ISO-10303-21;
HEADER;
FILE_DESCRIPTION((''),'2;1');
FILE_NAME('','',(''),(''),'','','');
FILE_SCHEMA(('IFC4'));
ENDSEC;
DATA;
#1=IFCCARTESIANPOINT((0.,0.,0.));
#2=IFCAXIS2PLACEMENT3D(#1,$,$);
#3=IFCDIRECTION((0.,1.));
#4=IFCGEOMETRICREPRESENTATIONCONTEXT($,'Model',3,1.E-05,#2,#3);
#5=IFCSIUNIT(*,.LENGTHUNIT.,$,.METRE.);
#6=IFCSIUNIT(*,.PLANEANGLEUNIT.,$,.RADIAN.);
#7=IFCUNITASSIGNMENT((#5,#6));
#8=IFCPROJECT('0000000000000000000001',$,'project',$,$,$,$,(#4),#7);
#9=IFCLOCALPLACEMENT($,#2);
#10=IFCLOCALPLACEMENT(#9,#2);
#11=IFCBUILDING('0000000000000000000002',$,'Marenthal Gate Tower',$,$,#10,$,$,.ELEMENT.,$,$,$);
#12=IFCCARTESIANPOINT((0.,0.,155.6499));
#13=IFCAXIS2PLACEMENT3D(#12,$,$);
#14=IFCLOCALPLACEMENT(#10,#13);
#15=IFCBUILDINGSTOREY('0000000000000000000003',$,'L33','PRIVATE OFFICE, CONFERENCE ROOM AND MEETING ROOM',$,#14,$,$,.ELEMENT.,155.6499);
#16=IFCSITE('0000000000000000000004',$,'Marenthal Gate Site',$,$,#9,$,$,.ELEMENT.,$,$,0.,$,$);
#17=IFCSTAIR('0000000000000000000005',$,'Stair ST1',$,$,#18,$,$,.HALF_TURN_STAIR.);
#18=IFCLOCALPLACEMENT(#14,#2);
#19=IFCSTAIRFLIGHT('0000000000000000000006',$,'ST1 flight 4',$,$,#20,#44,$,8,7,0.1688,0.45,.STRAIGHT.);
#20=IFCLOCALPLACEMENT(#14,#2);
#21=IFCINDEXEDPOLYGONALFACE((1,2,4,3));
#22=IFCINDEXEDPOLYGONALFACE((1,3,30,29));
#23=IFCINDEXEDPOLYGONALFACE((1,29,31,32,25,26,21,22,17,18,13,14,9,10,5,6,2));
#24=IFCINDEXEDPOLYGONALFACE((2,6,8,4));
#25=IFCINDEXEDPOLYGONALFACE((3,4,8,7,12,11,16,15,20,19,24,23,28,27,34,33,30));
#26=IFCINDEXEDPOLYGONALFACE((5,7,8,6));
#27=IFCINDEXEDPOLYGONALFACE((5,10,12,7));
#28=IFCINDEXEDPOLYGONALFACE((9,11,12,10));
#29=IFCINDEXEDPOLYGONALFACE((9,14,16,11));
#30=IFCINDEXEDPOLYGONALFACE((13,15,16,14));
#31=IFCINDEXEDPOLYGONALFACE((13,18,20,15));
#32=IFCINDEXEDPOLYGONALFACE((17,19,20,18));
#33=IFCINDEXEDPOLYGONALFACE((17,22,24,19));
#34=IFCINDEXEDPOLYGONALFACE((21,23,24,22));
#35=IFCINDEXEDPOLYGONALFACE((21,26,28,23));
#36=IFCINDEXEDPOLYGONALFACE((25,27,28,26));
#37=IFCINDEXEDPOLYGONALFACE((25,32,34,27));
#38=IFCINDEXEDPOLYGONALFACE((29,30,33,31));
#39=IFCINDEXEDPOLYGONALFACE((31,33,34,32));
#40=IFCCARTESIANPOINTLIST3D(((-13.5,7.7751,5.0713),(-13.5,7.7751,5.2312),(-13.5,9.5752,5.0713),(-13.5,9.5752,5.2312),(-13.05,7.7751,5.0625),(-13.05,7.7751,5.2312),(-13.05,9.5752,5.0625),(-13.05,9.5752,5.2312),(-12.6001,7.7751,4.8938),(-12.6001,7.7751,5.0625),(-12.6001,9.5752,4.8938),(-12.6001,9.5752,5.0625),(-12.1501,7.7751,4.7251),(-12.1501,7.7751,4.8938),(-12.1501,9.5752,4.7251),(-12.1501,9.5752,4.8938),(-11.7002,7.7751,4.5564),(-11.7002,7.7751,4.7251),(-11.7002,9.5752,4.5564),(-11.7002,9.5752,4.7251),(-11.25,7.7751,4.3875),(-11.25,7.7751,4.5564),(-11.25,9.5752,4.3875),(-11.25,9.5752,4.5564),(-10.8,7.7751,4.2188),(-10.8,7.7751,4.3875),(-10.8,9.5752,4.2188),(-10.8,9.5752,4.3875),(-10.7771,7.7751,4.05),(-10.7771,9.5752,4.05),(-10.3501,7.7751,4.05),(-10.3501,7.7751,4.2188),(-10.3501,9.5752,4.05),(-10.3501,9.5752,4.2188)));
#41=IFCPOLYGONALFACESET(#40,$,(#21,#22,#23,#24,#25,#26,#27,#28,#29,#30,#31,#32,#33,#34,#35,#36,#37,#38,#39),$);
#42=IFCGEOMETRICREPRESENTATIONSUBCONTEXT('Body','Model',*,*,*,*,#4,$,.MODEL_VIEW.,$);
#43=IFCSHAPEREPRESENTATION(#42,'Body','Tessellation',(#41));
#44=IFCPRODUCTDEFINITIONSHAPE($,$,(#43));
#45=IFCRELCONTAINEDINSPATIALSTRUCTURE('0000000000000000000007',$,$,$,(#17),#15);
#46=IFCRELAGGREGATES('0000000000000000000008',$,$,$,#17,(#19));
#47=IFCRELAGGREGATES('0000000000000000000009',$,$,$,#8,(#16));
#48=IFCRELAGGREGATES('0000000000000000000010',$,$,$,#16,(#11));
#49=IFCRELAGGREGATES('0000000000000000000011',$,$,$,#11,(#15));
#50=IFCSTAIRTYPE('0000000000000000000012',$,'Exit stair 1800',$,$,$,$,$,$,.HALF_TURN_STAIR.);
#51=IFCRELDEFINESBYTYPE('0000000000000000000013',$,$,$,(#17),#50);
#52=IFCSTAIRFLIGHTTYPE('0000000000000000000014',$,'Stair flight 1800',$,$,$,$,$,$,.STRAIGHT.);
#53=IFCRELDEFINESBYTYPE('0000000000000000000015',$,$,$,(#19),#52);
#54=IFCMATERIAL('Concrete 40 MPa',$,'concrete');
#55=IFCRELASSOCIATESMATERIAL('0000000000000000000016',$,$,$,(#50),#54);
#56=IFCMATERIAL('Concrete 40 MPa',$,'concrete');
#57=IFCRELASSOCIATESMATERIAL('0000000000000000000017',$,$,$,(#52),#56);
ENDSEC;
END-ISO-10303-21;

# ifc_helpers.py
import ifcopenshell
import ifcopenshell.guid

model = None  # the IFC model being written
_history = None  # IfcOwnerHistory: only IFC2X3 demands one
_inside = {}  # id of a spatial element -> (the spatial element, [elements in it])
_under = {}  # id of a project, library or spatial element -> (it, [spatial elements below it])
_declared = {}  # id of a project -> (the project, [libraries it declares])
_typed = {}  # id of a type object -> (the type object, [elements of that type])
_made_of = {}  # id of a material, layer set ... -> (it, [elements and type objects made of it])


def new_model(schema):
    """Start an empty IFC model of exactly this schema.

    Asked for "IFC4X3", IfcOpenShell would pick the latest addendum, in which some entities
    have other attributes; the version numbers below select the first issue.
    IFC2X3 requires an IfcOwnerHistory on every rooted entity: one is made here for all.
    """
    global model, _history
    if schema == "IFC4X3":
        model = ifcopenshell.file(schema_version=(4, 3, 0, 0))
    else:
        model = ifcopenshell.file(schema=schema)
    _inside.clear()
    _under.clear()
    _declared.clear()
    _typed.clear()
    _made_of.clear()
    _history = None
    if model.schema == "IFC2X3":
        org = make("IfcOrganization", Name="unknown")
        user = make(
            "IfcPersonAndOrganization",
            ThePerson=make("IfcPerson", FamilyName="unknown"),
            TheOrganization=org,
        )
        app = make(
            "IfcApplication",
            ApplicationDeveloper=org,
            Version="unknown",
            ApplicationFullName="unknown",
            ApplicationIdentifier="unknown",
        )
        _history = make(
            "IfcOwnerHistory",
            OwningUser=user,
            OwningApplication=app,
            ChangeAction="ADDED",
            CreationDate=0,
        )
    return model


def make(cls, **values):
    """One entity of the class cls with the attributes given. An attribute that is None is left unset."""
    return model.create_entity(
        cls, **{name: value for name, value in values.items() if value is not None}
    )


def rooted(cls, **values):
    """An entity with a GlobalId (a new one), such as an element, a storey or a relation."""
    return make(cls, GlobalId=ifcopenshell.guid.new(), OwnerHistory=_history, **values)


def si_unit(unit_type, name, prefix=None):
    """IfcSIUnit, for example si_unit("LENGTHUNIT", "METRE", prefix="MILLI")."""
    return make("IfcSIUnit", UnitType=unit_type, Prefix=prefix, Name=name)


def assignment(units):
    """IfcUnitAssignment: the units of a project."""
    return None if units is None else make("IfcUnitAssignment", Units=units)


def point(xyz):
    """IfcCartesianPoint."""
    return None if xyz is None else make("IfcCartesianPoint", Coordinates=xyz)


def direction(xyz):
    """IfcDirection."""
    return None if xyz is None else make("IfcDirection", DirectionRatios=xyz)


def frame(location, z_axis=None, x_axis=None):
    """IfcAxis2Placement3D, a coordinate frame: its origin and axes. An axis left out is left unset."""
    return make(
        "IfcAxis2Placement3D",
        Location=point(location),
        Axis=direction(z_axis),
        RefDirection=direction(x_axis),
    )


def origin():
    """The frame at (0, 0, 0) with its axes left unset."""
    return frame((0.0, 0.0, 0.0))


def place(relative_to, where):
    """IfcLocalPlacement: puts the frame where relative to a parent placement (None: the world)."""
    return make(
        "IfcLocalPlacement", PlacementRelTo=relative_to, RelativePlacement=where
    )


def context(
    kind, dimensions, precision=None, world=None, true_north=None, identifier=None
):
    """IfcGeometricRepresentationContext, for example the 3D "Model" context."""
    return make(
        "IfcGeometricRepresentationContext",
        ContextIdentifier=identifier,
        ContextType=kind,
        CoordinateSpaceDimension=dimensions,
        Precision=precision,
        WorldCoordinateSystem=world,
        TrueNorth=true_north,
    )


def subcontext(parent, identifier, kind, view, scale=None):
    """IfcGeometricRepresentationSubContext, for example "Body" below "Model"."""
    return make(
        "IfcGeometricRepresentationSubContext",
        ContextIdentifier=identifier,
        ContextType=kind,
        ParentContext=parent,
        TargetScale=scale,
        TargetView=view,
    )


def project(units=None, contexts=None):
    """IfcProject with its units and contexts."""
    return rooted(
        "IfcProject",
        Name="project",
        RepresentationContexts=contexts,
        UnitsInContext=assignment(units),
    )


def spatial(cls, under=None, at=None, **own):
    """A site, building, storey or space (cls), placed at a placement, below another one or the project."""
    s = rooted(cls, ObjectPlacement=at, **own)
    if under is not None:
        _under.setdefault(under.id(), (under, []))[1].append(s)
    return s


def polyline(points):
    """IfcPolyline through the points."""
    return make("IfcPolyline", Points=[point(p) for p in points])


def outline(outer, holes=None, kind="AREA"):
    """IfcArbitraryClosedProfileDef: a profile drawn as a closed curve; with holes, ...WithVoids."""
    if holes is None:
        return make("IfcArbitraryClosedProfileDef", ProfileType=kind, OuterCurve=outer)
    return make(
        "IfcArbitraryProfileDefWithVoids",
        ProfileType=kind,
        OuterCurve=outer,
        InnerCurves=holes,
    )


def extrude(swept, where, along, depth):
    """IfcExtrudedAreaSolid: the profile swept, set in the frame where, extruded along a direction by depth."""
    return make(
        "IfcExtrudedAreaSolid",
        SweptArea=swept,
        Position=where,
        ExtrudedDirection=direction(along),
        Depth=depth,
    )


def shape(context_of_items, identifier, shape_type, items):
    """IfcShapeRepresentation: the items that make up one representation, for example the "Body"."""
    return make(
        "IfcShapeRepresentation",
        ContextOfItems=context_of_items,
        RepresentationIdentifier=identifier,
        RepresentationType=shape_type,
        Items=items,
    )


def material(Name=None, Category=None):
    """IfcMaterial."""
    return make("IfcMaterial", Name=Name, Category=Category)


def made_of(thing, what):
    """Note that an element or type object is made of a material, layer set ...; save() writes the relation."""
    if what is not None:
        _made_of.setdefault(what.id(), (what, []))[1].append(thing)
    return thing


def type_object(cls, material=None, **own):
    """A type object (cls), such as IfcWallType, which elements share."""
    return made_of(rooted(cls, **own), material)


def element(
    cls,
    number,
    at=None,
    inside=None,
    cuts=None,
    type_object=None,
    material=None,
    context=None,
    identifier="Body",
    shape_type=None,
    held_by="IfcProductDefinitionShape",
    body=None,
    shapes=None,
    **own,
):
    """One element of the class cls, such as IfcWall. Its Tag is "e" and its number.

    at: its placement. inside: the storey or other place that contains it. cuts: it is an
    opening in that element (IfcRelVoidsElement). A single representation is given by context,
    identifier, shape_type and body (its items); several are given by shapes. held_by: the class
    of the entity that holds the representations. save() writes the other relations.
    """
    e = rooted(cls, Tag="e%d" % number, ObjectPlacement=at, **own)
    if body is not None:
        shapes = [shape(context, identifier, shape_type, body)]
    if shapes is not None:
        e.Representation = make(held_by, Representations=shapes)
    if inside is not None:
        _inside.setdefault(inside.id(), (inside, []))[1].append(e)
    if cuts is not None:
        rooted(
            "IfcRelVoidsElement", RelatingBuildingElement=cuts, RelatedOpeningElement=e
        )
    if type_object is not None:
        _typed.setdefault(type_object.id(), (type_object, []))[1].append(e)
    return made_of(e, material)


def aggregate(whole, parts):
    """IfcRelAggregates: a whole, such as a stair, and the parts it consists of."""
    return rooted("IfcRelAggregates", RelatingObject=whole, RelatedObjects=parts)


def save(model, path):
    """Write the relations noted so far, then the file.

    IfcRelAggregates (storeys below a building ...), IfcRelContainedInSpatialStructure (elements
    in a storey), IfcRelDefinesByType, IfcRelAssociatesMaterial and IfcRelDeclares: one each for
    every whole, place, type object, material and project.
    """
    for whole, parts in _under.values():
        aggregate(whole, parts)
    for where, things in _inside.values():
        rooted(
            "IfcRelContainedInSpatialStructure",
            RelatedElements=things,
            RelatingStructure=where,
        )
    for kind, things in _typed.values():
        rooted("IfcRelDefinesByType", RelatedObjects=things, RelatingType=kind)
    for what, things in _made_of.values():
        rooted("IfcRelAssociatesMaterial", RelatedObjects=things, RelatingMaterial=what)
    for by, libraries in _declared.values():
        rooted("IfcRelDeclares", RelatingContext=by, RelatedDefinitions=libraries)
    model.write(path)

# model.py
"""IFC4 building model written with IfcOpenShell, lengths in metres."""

from ifc_helpers import new_model, si_unit, direction, frame, origin, place, context, subcontext, project, spatial, polyline, outline, extrude, material, type_object, element, aggregate, save


model = new_model("IFC4")

# Units and contexts
model_context = context("Model", 3, precision=1e-05, world=origin(), true_north=direction((0.0, 1.0)))
body_context = subcontext(model_context, "Body", "Model", "MODEL_VIEW")
ifc_project = project(units=[si_unit("LENGTHUNIT", "METRE"), si_unit("PLANEANGLEUNIT", "RADIAN")], contexts=[model_context])

# Site, building, storey
site_placement = place(None, origin())
site = spatial("IfcSite", under=ifc_project, at=site_placement, Name="Marenthal Gate Site", CompositionType="ELEMENT", RefElevation=0.0)
building_placement = place(site_placement, origin())
building = spatial("IfcBuilding", under=site, at=building_placement, Name="Marenthal Gate Tower", CompositionType="ELEMENT")
storey_placement = place(building_placement, frame((0.0, 0.0, 155.6499)))
storey = spatial("IfcBuildingStorey", under=building, at=storey_placement, Name="L33", Description="PRIVATE OFFICE, CONFERENCE ROOM AND MEETING ROOM", CompositionType="ELEMENT", Elevation=155.6499)

# Stair, stair flight
ifc_material_1 = material(Name="Concrete 40 MPa", Category="concrete")
stair_type = type_object("IfcStairType", Name="Exit stair 1800", PredefinedType="HALF_TURN_STAIR", material=ifc_material_1)
stair_placement = place(storey_placement, origin())
stair = element("IfcStair", 1, at=stair_placement, inside=storey, type_object=stair_type, Name="Stair ST1", PredefinedType="HALF_TURN_STAIR")
ifc_material_2 = material(Name="Concrete 40 MPa", Category="concrete")
stair_flight_type = type_object("IfcStairFlightType", Name="Stair flight 1800", PredefinedType="STRAIGHT", material=ifc_material_2)
stair_flight_placement = place(storey_placement, frame((-10.3501, 8.675, 4.05), z_axis=(0.0, 0.0, 1.0), x_axis=(-1.0, 0.0, 0.0)))
stair_flight = element("IfcStairFlight", 2, at=stair_flight_placement, type_object=stair_flight_type, Name="ST1 flight 4", NumberOfRisers=8, NumberOfTreads=7, PredefinedType="STRAIGHT", RiserHeight=0.1688, TreadLength=0.45, context=body_context, shape_type="SweptSolid", body=[
    extrude(outline(polyline([(0.0, 0.0), (0.0, 0.1687), (0.45, 0.1687), (0.45, 0.3374), (0.8999, 0.3374), (0.8999, 0.5063), (1.3501, 0.5063), (1.3501, 0.675), (1.8, 0.675), (1.8, 0.8438), (2.25, 0.8438), (2.25, 1.0125), (2.7, 1.0125), (2.7, 1.1812), (3.1499, 1.1812), (3.1499, 1.3501), (3.1499, 1.0212), (0.427, 0.0), (0.0, 0.0)])), frame((0.0, 0.8999, 0.0), z_axis=(0.0, -1.0, 0.0), x_axis=(1.0, 0.0, 0.0)), (0.0, 0.0, 1.0), 1.8),
])
aggregate(stair, [stair_flight])

save(model, "model.ifc")
